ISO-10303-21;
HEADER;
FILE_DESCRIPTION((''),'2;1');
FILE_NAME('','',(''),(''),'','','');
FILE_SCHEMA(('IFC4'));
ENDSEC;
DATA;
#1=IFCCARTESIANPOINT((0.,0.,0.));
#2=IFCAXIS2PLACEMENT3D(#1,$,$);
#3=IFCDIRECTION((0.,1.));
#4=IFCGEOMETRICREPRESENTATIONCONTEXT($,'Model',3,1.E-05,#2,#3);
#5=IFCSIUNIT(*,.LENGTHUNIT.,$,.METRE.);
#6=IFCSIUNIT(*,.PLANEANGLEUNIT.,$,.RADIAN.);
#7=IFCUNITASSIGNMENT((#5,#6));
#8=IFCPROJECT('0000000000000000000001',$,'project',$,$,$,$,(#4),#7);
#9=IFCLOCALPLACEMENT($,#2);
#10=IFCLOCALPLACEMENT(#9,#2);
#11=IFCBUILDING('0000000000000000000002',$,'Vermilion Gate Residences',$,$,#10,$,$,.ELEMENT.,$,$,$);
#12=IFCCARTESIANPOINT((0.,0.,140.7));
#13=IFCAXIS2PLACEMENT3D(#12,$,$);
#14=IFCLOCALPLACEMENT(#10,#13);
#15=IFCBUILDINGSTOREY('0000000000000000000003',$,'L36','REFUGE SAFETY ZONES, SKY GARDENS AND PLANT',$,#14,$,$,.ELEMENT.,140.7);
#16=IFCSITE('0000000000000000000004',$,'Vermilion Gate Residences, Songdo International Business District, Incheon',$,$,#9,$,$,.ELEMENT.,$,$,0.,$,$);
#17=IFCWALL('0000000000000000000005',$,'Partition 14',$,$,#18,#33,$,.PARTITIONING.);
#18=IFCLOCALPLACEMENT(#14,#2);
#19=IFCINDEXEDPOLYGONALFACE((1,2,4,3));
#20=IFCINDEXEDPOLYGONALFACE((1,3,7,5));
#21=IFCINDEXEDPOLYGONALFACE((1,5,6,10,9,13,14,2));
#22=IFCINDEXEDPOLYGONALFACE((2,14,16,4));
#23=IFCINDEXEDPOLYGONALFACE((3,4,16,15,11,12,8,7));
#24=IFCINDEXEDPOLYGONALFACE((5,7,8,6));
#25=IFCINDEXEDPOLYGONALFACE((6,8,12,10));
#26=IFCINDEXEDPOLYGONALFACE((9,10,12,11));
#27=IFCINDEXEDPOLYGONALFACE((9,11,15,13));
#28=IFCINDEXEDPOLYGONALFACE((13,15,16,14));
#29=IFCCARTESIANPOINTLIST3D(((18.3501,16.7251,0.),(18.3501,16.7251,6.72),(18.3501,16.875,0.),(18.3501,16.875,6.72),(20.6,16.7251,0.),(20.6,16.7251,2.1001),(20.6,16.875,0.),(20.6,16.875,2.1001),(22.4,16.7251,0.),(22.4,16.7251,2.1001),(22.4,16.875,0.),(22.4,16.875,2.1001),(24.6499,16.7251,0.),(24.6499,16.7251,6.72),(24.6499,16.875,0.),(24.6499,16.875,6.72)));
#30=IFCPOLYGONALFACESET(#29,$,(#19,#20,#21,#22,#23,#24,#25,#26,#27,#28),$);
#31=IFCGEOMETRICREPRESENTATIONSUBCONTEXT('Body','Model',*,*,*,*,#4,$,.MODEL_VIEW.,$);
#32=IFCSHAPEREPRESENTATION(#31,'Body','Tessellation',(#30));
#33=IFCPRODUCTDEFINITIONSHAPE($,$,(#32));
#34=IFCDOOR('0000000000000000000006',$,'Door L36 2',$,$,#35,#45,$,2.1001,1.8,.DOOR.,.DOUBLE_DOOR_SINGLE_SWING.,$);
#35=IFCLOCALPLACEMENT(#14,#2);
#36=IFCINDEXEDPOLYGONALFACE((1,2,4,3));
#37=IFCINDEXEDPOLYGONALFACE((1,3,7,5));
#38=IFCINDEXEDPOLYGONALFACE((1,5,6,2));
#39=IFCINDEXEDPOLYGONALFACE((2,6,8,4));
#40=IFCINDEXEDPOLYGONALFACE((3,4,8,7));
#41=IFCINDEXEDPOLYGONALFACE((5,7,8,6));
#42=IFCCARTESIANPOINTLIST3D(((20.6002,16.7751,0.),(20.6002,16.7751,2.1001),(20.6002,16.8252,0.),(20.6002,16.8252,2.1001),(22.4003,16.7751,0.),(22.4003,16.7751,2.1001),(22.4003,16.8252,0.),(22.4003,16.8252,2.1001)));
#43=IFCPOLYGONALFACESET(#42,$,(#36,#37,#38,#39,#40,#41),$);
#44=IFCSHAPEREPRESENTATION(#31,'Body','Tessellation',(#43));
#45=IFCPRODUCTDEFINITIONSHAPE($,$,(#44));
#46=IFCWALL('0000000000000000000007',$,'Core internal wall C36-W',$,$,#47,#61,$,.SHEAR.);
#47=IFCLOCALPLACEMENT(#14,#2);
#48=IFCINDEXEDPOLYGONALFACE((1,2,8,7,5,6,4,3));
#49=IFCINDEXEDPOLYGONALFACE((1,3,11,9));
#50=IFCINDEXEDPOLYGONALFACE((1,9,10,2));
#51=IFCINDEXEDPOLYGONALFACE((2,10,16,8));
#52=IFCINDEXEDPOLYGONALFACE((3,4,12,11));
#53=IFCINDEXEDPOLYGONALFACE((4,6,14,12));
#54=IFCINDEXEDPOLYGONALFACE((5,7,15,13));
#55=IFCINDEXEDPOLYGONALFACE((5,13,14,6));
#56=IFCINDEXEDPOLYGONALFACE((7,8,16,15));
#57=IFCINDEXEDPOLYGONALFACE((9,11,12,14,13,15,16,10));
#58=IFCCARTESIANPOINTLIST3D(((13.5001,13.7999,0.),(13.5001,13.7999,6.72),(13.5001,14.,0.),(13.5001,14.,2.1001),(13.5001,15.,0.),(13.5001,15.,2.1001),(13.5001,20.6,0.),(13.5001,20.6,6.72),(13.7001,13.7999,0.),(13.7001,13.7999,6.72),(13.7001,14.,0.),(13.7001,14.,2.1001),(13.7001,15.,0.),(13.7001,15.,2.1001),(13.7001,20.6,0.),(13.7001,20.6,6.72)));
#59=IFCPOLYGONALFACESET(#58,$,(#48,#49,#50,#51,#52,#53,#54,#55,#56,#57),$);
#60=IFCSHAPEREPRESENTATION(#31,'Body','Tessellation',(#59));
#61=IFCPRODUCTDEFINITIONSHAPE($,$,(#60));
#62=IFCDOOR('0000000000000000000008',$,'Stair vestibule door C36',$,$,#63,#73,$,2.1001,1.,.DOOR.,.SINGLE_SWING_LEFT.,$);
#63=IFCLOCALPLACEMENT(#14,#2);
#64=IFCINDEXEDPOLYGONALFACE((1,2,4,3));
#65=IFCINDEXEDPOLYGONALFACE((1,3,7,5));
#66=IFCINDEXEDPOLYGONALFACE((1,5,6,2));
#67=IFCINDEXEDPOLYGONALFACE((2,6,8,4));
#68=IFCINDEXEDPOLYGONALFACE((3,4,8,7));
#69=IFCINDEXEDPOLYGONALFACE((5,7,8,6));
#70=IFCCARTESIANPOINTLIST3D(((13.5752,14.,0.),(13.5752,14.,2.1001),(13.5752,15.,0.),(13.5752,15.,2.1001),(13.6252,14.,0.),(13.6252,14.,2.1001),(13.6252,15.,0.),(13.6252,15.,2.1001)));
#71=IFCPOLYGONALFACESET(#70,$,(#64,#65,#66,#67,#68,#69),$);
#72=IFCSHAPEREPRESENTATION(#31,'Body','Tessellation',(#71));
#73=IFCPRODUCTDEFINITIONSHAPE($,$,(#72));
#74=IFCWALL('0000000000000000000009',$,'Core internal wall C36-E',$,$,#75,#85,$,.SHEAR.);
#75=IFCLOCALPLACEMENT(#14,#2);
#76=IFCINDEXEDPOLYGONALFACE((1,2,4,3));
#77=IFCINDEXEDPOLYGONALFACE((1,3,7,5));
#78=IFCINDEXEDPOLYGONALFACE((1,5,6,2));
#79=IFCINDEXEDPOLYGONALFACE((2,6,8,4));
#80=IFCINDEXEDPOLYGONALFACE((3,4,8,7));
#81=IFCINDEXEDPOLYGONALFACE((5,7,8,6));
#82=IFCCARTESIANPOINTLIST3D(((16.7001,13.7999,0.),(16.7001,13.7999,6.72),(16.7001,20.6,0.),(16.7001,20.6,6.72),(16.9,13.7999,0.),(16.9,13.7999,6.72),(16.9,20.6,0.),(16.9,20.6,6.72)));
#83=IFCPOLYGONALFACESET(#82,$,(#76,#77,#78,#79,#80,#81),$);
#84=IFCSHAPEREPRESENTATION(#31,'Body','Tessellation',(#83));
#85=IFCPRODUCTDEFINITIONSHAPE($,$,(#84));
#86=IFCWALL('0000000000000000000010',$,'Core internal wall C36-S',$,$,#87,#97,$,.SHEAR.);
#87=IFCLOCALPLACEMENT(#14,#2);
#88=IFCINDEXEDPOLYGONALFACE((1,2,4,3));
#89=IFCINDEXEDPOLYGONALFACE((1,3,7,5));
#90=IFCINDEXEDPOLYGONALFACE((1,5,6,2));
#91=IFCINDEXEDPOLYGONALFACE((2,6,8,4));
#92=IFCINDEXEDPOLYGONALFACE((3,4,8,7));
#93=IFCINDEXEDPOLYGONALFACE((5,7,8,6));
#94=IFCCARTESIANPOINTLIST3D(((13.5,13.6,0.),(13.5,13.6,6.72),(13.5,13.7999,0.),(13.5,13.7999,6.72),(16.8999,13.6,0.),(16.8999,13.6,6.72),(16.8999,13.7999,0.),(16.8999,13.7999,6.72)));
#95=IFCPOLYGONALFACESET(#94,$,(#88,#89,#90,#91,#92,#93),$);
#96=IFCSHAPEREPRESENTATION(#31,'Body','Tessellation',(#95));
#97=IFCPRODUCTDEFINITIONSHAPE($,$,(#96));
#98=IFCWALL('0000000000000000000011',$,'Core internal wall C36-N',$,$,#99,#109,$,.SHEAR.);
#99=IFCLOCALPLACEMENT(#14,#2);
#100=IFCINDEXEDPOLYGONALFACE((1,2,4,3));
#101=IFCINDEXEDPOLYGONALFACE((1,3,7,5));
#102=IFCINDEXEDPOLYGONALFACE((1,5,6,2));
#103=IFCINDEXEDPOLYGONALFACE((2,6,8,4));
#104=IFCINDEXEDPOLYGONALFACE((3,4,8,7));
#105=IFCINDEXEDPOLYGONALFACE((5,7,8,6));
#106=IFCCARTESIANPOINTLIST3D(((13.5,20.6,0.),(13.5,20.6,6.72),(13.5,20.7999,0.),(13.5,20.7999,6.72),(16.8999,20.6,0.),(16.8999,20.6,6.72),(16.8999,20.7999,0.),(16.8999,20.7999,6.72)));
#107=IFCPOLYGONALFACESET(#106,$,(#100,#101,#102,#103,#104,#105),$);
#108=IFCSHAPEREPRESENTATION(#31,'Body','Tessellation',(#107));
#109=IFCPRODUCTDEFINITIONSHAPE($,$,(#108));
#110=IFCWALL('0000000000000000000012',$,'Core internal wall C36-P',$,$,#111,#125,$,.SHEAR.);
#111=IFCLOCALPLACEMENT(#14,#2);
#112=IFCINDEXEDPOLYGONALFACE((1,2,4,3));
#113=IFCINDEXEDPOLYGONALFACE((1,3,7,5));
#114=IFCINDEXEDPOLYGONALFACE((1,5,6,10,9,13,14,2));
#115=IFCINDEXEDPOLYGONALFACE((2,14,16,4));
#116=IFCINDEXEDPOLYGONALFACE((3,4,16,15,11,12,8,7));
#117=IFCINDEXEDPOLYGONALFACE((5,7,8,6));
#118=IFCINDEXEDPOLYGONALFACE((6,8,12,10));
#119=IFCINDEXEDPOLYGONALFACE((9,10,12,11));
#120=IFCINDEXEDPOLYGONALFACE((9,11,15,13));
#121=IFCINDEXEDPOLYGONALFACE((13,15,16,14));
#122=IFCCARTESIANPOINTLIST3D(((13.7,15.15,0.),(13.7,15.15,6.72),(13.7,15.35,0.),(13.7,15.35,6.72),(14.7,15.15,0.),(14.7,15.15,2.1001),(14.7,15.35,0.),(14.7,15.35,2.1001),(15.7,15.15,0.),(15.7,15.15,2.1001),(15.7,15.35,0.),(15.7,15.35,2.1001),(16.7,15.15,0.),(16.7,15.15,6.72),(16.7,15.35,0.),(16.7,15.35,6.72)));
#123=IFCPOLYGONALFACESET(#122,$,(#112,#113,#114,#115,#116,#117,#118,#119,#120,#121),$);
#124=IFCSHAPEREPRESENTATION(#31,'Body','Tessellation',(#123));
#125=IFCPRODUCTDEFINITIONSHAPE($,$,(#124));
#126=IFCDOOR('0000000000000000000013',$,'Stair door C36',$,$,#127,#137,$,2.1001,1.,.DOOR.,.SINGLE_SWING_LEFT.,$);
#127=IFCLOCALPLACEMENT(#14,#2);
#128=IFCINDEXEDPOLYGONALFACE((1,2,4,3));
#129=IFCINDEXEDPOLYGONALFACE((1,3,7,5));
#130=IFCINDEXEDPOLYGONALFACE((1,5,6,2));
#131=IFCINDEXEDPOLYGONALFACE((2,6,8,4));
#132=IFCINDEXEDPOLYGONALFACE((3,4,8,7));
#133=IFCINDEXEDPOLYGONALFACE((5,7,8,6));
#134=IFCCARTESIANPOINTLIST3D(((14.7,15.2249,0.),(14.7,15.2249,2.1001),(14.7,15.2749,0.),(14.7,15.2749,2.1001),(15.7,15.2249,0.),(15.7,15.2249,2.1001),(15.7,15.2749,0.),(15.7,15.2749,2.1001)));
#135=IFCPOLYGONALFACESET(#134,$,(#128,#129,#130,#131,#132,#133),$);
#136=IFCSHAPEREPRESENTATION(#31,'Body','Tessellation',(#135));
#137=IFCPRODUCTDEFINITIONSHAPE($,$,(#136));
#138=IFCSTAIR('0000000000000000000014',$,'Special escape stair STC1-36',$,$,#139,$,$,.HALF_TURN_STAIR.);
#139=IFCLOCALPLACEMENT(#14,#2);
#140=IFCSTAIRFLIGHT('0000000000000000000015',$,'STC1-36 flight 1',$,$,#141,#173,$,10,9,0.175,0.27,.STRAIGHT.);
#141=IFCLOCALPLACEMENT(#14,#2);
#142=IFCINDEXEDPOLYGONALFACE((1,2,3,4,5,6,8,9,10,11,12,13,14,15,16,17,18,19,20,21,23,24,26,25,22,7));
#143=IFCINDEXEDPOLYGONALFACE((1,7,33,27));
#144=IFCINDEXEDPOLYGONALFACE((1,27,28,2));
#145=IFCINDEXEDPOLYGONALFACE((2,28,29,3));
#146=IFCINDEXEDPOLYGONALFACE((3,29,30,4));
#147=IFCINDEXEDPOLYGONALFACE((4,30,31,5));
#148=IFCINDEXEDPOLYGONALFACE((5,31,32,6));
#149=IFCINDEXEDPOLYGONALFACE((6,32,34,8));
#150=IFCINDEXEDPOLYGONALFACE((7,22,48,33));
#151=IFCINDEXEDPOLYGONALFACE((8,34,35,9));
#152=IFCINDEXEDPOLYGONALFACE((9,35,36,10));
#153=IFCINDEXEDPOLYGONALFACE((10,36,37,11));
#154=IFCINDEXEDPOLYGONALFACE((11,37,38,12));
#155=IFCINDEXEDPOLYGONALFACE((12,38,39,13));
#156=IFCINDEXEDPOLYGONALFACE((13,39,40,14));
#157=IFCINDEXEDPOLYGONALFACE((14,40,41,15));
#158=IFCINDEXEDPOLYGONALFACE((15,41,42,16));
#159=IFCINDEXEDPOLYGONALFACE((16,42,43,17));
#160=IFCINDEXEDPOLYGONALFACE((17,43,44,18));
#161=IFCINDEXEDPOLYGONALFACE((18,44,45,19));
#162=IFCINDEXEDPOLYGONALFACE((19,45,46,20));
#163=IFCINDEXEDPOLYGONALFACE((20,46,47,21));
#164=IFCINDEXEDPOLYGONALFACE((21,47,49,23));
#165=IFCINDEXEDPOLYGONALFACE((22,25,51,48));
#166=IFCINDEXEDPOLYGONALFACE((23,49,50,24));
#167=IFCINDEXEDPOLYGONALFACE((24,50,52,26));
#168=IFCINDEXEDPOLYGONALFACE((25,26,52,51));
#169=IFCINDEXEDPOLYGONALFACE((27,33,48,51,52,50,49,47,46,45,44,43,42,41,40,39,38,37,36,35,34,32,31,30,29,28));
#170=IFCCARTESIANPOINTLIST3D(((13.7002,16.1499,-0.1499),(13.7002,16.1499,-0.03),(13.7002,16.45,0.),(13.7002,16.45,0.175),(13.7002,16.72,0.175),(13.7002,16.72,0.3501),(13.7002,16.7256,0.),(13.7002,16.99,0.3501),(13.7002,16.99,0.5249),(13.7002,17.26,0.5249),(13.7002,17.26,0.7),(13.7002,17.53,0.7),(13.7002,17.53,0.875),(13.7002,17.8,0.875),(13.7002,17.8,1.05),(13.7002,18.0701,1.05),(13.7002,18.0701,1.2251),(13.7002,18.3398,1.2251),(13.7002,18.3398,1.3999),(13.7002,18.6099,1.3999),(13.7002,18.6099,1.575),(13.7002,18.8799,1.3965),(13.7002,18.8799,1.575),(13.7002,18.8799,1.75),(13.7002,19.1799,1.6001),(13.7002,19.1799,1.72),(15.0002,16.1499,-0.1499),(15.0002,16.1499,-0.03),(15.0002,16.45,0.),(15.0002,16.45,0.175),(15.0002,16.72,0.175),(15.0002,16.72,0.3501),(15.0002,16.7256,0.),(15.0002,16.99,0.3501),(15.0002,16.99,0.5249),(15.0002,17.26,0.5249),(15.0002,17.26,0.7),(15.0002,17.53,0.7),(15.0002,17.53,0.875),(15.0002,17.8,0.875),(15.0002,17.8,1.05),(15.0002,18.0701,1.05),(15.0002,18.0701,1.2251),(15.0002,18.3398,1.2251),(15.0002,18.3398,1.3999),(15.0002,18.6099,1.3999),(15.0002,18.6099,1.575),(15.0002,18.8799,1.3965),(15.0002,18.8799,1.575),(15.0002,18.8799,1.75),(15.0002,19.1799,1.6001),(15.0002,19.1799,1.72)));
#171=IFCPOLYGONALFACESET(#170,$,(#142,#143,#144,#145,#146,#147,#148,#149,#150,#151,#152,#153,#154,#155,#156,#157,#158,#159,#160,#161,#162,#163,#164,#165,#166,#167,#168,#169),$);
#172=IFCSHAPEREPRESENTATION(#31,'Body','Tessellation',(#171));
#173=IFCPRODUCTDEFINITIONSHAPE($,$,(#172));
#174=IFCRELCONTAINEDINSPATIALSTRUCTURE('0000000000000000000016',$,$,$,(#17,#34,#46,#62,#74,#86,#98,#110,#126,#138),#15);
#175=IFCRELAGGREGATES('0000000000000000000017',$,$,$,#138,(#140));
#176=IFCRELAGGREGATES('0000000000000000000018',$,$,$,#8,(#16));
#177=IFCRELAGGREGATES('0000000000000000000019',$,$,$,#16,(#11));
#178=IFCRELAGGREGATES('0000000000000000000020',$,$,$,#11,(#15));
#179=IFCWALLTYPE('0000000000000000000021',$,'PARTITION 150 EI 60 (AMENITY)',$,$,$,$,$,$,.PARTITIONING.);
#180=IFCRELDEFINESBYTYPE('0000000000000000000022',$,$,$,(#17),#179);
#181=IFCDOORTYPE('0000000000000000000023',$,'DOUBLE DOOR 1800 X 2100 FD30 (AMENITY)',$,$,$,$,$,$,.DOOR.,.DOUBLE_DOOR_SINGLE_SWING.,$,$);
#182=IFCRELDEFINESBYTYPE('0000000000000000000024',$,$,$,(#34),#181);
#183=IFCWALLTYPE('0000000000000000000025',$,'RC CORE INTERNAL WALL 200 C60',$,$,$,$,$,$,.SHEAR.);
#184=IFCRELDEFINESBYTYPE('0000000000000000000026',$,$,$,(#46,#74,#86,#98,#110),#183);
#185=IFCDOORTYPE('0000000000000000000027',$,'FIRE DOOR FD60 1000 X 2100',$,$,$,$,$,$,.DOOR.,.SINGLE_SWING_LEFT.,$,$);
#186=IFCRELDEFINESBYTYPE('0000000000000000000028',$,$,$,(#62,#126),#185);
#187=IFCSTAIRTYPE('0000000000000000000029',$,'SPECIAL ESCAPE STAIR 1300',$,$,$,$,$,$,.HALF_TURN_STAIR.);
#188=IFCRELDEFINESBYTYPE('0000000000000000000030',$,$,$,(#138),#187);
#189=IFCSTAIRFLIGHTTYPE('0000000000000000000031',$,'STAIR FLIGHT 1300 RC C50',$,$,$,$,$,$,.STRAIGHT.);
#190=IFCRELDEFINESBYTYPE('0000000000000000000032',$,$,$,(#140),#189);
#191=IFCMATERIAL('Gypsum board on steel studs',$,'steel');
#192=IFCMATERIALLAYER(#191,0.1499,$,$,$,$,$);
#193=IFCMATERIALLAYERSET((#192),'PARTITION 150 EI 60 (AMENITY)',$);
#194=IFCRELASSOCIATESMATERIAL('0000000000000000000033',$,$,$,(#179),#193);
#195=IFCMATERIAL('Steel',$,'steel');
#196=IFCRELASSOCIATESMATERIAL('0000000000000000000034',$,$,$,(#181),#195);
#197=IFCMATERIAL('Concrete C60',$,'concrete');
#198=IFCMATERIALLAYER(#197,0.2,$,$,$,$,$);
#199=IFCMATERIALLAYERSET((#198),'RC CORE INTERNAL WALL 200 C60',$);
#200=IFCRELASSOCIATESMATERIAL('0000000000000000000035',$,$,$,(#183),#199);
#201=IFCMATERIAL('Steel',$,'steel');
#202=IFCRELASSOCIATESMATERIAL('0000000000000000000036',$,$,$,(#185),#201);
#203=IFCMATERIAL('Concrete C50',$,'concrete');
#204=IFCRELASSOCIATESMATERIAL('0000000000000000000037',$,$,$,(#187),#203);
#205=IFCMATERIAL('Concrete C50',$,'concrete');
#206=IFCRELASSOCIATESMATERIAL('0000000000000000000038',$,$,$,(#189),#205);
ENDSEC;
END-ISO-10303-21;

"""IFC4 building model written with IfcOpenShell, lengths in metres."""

from ifc_helpers import new_model, si_unit, direction, frame, frame_2d, origin, place, context, subcontext, project, spatial, polyline, rectangle, outline, extrude, material, layer, layer_set, type_object, element, fill, aggregate, save


model = new_model("IFC4")

# Units and contexts
model_context = context("Model", 3, precision=1e-05, world=origin(), true_north=direction((0.0, 1.0)))
body_context = subcontext(model_context, "Body", "Model", "MODEL_VIEW")
ifc_project = project(units=[si_unit("LENGTHUNIT", "METRE"), si_unit("PLANEANGLEUNIT", "RADIAN")], contexts=[model_context])

# Site, building, storey
site_placement = place(None, origin())
site = spatial("IfcSite", under=ifc_project, at=site_placement, Name="Vermilion Gate Residences, Songdo International Business District, Incheon", CompositionType="ELEMENT", RefElevation=0.0)
building_placement = place(site_placement, origin())
building = spatial("IfcBuilding", under=site, at=building_placement, Name="Vermilion Gate Residences", CompositionType="ELEMENT")
storey_placement = place(building_placement, frame((0.0, 0.0, 140.7)))
storey = spatial("IfcBuildingStorey", under=building, at=storey_placement, Name="L36", Description="REFUGE SAFETY ZONES, SKY GARDENS AND PLANT", CompositionType="ELEMENT", Elevation=140.7)

# Walls, openings, doors
ifc_material_1 = material(Name="Gypsum board on steel studs", Category="steel")
ifc_layer_1 = layer(ifc_material_1, 0.1499)
ifc_layer_set_1 = layer_set([ifc_layer_1], Name="PARTITION 150 EI 60 (AMENITY)")
wall_type_1 = type_object("IfcWallType", Name="PARTITION 150 EI 60 (AMENITY)", PredefinedType="PARTITIONING", material=ifc_layer_set_1)
wall_1_placement = place(storey_placement, frame((18.3501, 16.8, 0.0), z_axis=(0.0, 0.0, 1.0), x_axis=(1.0, 0.0, 0.0)))
wall_1 = element("IfcWall", 1, at=wall_1_placement, inside=storey, type_object=wall_type_1, Name="Partition 14", PredefinedType="PARTITIONING", context=body_context, shape_type="SweptSolid", body=[
    extrude(rectangle(XDim=6.2998, YDim=0.1499, at=frame_2d((3.1499, 0.0))), origin(), (0.0, 0.0, 1.0), 6.72),
])
opening_1_placement = place(wall_1_placement, frame((2.25, 0.0, 0.0)))
opening_1 = element("IfcOpeningElement", 2, at=opening_1_placement, cuts=wall_1, PredefinedType="OPENING", context=body_context, shape_type="SweptSolid", body=[
    extrude(rectangle(XDim=1.8, YDim=2.1001, at=frame_2d((0.8999, 1.05))), frame((0.0, 0.085, 0.0), z_axis=(0.0, -1.0, 0.0), x_axis=(1.0, 0.0, 0.0)), (0.0, 0.0, 1.0), 0.1699),
])
ifc_material_2 = material(Name="Steel", Category="steel")
door_type_1 = type_object("IfcDoorType", Name="DOUBLE DOOR 1800 X 2100 FD30 (AMENITY)", OperationType="DOUBLE_DOOR_SINGLE_SWING", PredefinedType="DOOR", material=ifc_material_2)
door_1_placement = place(opening_1_placement, frame((1.8, 0.0, 0.0), z_axis=(0.0, 0.0, 1.0), x_axis=(-1.0, 0.0, 0.0)))
door_1 = element("IfcDoor", 3, at=door_1_placement, inside=storey, type_object=door_type_1, Name="Door L36 2", OperationType="DOUBLE_DOOR_SINGLE_SWING", OverallHeight=2.1001, OverallWidth=1.8, PredefinedType="DOOR", context=body_context, shape_type="SweptSolid", body=[
    extrude(rectangle(XDim=1.8, YDim=2.1001, at=frame_2d((0.8999, 1.05))), frame((0.0, 0.0249, 0.0), z_axis=(0.0, -1.0, 0.0), x_axis=(1.0, 0.0, 0.0)), (0.0, 0.0, 1.0), 0.05),
])
fill(opening_1, door_1)
ifc_material_3 = material(Name="Concrete C60", Category="concrete")
ifc_layer_2 = layer(ifc_material_3, 0.2)
ifc_layer_set_2 = layer_set([ifc_layer_2], Name="RC CORE INTERNAL WALL 200 C60")
wall_type_2 = type_object("IfcWallType", Name="RC CORE INTERNAL WALL 200 C60", PredefinedType="SHEAR", material=ifc_layer_set_2)
wall_2_placement = place(storey_placement, frame((13.6001, 13.8, 0.0), z_axis=(0.0, 0.0, 1.0), x_axis=(0.0, 1.0, 0.0)))
wall_2 = element("IfcWall", 4, at=wall_2_placement, inside=storey, type_object=wall_type_2, Name="Core internal wall C36-W", PredefinedType="SHEAR", context=body_context, shape_type="SweptSolid", body=[
    extrude(rectangle(XDim=6.8, YDim=0.2, at=frame_2d((3.3999, 0.0))), origin(), (0.0, 0.0, 1.0), 6.72),
])
opening_2_placement = place(wall_2_placement, frame((0.2, 0.0, 0.0)))
opening_2 = element("IfcOpeningElement", 5, at=opening_2_placement, cuts=wall_2, PredefinedType="OPENING", context=body_context, shape_type="SweptSolid", body=[
    extrude(rectangle(XDim=1.0, YDim=2.1001, at=frame_2d((0.5, 1.05))), frame((0.0, 0.1099, 0.0), z_axis=(0.0, -1.0, 0.0), x_axis=(1.0, 0.0, 0.0)), (0.0, 0.0, 1.0), 0.22),
])
ifc_material_4 = material(Name="Steel", Category="steel")
door_type_2 = type_object("IfcDoorType", Name="FIRE DOOR FD60 1000 X 2100", OperationType="SINGLE_SWING_LEFT", PredefinedType="DOOR", material=ifc_material_4)
door_2_placement = place(opening_2_placement, origin())
door_2 = element("IfcDoor", 6, at=door_2_placement, inside=storey, type_object=door_type_2, Name="Stair vestibule door C36", OperationType="SINGLE_SWING_LEFT", OverallHeight=2.1001, OverallWidth=1.0, PredefinedType="DOOR", context=body_context, shape_type="SweptSolid", body=[
    extrude(rectangle(XDim=1.0, YDim=2.1001, at=frame_2d((0.5, 1.05))), frame((0.0, 0.0249, 0.0), z_axis=(0.0, -1.0, 0.0), x_axis=(1.0, 0.0, 0.0)), (0.0, 0.0, 1.0), 0.05),
])
fill(opening_2, door_2)

# Walls
wall_3_placement = place(storey_placement, frame((16.8, 13.8, 0.0), z_axis=(0.0, 0.0, 1.0), x_axis=(0.0, 1.0, 0.0)))
element("IfcWall", 7, at=wall_3_placement, inside=storey, type_object=wall_type_2, Name="Core internal wall C36-E", PredefinedType="SHEAR", context=body_context, shape_type="SweptSolid", body=[
    extrude(rectangle(XDim=6.8, YDim=0.2, at=frame_2d((3.3999, 0.0))), origin(), (0.0, 0.0, 1.0), 6.72),
])
for number, where, z_axis, x_axis, name in (
    (8, (13.5, 13.7, 0.0), (0.0, 0.0, 1.0), (1.0, 0.0, 0.0), "Core internal wall C36-S"),
    (9, (13.5, 20.7, 0.0), (0.0, 0.0, 1.0), (1.0, 0.0, 0.0), "Core internal wall C36-N"),
):
    element("IfcWall", number, at=place(storey_placement, frame(where, z_axis=z_axis, x_axis=x_axis)), inside=storey, type_object=wall_type_2, Name=name, PredefinedType="SHEAR", context=body_context, shape_type="SweptSolid", body=[
        extrude(rectangle(XDim=3.3999, YDim=0.2, at=frame_2d((1.7, 0.0))), origin(), (0.0, 0.0, 1.0), 6.72),
    ])

# Wall, opening, door
wall_4_placement = place(storey_placement, frame((13.7, 15.25, 0.0), z_axis=(0.0, 0.0, 1.0), x_axis=(1.0, 0.0, 0.0)))
wall_4 = element("IfcWall", 10, at=wall_4_placement, inside=storey, type_object=wall_type_2, Name="Core internal wall C36-P", PredefinedType="SHEAR", context=body_context, shape_type="SweptSolid", body=[
    extrude(rectangle(XDim=3.0, YDim=0.2, at=frame_2d((1.5, 0.0))), origin(), (0.0, 0.0, 1.0), 6.72),
])
opening_3_placement = place(wall_4_placement, frame((1.0, 0.0, 0.0)))
opening_3 = element("IfcOpeningElement", 11, at=opening_3_placement, cuts=wall_4, PredefinedType="OPENING", context=body_context, shape_type="SweptSolid", body=[
    extrude(rectangle(XDim=1.0, YDim=2.1001, at=frame_2d((0.5, 1.05))), frame((0.0, 0.1099, 0.0), z_axis=(0.0, -1.0, 0.0), x_axis=(1.0, 0.0, 0.0)), (0.0, 0.0, 1.0), 0.22),
])
door_3_placement = place(opening_3_placement, origin())
door_3 = element("IfcDoor", 12, at=door_3_placement, inside=storey, type_object=door_type_2, Name="Stair door C36", OperationType="SINGLE_SWING_LEFT", OverallHeight=2.1001, OverallWidth=1.0, PredefinedType="DOOR", context=body_context, shape_type="SweptSolid", body=[
    extrude(rectangle(XDim=1.0, YDim=2.1001, at=frame_2d((0.5, 1.05))), frame((0.0, 0.0249, 0.0), z_axis=(0.0, -1.0, 0.0), x_axis=(1.0, 0.0, 0.0)), (0.0, 0.0, 1.0), 0.05),
])
fill(opening_3, door_3)

# Stair, stair flight
ifc_material_5 = material(Name="Concrete C50", Category="concrete")
stair_type = type_object("IfcStairType", Name="SPECIAL ESCAPE STAIR 1300", PredefinedType="HALF_TURN_STAIR", material=ifc_material_5)
stair_placement = place(storey_placement, origin())
stair = element("IfcStair", 13, at=stair_placement, inside=storey, type_object=stair_type, Name="Special escape stair STC1-36", PredefinedType="HALF_TURN_STAIR")
ifc_material_6 = material(Name="Concrete C50", Category="concrete")
stair_flight_type = type_object("IfcStairFlightType", Name="STAIR FLIGHT 1300 RC C50", PredefinedType="STRAIGHT", material=ifc_material_6)
stair_flight_1_placement = place(storey_placement, frame((14.3501, 16.45, 0.0), z_axis=(0.0, 0.0, 1.0), x_axis=(0.0, 1.0, 0.0)))
stair_flight_1 = element("IfcStairFlight", 14, at=stair_flight_1_placement, type_object=stair_flight_type, Name="STC1-36 flight 1", NumberOfRisers=10, NumberOfTreads=9, PredefinedType="STRAIGHT", RiserHeight=0.175, TreadLength=0.27, context=body_context, shape_type="SweptSolid", body=[
    extrude(outline(polyline([(-0.3, -0.1499), (-0.3, -0.03), (0.0, 0.0), (0.0, 0.175), (0.27, 0.175), (0.27, 0.3501), (0.54, 0.3501), (0.54, 0.5249), (0.8101, 0.5249), (0.8101, 0.7), (1.0801, 0.7), (1.0801, 0.875), (1.3501, 0.875), (1.3501, 1.05), (1.6201, 1.05), (1.6201, 1.2251), (1.8899, 1.2251), (1.8899, 1.3999), (2.1599, 1.3999), (2.1599, 1.575), (2.4299, 1.575), (2.4299, 1.75), (2.73, 1.72), (2.73, 1.6001), (2.4299, 1.3965), (0.2756, 0.0), (-0.3, -0.1499)])), frame((0.0, 0.6499, 0.0), z_axis=(0.0, -1.0, 0.0), x_axis=(1.0, 0.0, 0.0)), (0.0, 0.0, 1.0), 1.3),
])
aggregate(stair, [stair_flight_1])

save(model, "model.ifc")
